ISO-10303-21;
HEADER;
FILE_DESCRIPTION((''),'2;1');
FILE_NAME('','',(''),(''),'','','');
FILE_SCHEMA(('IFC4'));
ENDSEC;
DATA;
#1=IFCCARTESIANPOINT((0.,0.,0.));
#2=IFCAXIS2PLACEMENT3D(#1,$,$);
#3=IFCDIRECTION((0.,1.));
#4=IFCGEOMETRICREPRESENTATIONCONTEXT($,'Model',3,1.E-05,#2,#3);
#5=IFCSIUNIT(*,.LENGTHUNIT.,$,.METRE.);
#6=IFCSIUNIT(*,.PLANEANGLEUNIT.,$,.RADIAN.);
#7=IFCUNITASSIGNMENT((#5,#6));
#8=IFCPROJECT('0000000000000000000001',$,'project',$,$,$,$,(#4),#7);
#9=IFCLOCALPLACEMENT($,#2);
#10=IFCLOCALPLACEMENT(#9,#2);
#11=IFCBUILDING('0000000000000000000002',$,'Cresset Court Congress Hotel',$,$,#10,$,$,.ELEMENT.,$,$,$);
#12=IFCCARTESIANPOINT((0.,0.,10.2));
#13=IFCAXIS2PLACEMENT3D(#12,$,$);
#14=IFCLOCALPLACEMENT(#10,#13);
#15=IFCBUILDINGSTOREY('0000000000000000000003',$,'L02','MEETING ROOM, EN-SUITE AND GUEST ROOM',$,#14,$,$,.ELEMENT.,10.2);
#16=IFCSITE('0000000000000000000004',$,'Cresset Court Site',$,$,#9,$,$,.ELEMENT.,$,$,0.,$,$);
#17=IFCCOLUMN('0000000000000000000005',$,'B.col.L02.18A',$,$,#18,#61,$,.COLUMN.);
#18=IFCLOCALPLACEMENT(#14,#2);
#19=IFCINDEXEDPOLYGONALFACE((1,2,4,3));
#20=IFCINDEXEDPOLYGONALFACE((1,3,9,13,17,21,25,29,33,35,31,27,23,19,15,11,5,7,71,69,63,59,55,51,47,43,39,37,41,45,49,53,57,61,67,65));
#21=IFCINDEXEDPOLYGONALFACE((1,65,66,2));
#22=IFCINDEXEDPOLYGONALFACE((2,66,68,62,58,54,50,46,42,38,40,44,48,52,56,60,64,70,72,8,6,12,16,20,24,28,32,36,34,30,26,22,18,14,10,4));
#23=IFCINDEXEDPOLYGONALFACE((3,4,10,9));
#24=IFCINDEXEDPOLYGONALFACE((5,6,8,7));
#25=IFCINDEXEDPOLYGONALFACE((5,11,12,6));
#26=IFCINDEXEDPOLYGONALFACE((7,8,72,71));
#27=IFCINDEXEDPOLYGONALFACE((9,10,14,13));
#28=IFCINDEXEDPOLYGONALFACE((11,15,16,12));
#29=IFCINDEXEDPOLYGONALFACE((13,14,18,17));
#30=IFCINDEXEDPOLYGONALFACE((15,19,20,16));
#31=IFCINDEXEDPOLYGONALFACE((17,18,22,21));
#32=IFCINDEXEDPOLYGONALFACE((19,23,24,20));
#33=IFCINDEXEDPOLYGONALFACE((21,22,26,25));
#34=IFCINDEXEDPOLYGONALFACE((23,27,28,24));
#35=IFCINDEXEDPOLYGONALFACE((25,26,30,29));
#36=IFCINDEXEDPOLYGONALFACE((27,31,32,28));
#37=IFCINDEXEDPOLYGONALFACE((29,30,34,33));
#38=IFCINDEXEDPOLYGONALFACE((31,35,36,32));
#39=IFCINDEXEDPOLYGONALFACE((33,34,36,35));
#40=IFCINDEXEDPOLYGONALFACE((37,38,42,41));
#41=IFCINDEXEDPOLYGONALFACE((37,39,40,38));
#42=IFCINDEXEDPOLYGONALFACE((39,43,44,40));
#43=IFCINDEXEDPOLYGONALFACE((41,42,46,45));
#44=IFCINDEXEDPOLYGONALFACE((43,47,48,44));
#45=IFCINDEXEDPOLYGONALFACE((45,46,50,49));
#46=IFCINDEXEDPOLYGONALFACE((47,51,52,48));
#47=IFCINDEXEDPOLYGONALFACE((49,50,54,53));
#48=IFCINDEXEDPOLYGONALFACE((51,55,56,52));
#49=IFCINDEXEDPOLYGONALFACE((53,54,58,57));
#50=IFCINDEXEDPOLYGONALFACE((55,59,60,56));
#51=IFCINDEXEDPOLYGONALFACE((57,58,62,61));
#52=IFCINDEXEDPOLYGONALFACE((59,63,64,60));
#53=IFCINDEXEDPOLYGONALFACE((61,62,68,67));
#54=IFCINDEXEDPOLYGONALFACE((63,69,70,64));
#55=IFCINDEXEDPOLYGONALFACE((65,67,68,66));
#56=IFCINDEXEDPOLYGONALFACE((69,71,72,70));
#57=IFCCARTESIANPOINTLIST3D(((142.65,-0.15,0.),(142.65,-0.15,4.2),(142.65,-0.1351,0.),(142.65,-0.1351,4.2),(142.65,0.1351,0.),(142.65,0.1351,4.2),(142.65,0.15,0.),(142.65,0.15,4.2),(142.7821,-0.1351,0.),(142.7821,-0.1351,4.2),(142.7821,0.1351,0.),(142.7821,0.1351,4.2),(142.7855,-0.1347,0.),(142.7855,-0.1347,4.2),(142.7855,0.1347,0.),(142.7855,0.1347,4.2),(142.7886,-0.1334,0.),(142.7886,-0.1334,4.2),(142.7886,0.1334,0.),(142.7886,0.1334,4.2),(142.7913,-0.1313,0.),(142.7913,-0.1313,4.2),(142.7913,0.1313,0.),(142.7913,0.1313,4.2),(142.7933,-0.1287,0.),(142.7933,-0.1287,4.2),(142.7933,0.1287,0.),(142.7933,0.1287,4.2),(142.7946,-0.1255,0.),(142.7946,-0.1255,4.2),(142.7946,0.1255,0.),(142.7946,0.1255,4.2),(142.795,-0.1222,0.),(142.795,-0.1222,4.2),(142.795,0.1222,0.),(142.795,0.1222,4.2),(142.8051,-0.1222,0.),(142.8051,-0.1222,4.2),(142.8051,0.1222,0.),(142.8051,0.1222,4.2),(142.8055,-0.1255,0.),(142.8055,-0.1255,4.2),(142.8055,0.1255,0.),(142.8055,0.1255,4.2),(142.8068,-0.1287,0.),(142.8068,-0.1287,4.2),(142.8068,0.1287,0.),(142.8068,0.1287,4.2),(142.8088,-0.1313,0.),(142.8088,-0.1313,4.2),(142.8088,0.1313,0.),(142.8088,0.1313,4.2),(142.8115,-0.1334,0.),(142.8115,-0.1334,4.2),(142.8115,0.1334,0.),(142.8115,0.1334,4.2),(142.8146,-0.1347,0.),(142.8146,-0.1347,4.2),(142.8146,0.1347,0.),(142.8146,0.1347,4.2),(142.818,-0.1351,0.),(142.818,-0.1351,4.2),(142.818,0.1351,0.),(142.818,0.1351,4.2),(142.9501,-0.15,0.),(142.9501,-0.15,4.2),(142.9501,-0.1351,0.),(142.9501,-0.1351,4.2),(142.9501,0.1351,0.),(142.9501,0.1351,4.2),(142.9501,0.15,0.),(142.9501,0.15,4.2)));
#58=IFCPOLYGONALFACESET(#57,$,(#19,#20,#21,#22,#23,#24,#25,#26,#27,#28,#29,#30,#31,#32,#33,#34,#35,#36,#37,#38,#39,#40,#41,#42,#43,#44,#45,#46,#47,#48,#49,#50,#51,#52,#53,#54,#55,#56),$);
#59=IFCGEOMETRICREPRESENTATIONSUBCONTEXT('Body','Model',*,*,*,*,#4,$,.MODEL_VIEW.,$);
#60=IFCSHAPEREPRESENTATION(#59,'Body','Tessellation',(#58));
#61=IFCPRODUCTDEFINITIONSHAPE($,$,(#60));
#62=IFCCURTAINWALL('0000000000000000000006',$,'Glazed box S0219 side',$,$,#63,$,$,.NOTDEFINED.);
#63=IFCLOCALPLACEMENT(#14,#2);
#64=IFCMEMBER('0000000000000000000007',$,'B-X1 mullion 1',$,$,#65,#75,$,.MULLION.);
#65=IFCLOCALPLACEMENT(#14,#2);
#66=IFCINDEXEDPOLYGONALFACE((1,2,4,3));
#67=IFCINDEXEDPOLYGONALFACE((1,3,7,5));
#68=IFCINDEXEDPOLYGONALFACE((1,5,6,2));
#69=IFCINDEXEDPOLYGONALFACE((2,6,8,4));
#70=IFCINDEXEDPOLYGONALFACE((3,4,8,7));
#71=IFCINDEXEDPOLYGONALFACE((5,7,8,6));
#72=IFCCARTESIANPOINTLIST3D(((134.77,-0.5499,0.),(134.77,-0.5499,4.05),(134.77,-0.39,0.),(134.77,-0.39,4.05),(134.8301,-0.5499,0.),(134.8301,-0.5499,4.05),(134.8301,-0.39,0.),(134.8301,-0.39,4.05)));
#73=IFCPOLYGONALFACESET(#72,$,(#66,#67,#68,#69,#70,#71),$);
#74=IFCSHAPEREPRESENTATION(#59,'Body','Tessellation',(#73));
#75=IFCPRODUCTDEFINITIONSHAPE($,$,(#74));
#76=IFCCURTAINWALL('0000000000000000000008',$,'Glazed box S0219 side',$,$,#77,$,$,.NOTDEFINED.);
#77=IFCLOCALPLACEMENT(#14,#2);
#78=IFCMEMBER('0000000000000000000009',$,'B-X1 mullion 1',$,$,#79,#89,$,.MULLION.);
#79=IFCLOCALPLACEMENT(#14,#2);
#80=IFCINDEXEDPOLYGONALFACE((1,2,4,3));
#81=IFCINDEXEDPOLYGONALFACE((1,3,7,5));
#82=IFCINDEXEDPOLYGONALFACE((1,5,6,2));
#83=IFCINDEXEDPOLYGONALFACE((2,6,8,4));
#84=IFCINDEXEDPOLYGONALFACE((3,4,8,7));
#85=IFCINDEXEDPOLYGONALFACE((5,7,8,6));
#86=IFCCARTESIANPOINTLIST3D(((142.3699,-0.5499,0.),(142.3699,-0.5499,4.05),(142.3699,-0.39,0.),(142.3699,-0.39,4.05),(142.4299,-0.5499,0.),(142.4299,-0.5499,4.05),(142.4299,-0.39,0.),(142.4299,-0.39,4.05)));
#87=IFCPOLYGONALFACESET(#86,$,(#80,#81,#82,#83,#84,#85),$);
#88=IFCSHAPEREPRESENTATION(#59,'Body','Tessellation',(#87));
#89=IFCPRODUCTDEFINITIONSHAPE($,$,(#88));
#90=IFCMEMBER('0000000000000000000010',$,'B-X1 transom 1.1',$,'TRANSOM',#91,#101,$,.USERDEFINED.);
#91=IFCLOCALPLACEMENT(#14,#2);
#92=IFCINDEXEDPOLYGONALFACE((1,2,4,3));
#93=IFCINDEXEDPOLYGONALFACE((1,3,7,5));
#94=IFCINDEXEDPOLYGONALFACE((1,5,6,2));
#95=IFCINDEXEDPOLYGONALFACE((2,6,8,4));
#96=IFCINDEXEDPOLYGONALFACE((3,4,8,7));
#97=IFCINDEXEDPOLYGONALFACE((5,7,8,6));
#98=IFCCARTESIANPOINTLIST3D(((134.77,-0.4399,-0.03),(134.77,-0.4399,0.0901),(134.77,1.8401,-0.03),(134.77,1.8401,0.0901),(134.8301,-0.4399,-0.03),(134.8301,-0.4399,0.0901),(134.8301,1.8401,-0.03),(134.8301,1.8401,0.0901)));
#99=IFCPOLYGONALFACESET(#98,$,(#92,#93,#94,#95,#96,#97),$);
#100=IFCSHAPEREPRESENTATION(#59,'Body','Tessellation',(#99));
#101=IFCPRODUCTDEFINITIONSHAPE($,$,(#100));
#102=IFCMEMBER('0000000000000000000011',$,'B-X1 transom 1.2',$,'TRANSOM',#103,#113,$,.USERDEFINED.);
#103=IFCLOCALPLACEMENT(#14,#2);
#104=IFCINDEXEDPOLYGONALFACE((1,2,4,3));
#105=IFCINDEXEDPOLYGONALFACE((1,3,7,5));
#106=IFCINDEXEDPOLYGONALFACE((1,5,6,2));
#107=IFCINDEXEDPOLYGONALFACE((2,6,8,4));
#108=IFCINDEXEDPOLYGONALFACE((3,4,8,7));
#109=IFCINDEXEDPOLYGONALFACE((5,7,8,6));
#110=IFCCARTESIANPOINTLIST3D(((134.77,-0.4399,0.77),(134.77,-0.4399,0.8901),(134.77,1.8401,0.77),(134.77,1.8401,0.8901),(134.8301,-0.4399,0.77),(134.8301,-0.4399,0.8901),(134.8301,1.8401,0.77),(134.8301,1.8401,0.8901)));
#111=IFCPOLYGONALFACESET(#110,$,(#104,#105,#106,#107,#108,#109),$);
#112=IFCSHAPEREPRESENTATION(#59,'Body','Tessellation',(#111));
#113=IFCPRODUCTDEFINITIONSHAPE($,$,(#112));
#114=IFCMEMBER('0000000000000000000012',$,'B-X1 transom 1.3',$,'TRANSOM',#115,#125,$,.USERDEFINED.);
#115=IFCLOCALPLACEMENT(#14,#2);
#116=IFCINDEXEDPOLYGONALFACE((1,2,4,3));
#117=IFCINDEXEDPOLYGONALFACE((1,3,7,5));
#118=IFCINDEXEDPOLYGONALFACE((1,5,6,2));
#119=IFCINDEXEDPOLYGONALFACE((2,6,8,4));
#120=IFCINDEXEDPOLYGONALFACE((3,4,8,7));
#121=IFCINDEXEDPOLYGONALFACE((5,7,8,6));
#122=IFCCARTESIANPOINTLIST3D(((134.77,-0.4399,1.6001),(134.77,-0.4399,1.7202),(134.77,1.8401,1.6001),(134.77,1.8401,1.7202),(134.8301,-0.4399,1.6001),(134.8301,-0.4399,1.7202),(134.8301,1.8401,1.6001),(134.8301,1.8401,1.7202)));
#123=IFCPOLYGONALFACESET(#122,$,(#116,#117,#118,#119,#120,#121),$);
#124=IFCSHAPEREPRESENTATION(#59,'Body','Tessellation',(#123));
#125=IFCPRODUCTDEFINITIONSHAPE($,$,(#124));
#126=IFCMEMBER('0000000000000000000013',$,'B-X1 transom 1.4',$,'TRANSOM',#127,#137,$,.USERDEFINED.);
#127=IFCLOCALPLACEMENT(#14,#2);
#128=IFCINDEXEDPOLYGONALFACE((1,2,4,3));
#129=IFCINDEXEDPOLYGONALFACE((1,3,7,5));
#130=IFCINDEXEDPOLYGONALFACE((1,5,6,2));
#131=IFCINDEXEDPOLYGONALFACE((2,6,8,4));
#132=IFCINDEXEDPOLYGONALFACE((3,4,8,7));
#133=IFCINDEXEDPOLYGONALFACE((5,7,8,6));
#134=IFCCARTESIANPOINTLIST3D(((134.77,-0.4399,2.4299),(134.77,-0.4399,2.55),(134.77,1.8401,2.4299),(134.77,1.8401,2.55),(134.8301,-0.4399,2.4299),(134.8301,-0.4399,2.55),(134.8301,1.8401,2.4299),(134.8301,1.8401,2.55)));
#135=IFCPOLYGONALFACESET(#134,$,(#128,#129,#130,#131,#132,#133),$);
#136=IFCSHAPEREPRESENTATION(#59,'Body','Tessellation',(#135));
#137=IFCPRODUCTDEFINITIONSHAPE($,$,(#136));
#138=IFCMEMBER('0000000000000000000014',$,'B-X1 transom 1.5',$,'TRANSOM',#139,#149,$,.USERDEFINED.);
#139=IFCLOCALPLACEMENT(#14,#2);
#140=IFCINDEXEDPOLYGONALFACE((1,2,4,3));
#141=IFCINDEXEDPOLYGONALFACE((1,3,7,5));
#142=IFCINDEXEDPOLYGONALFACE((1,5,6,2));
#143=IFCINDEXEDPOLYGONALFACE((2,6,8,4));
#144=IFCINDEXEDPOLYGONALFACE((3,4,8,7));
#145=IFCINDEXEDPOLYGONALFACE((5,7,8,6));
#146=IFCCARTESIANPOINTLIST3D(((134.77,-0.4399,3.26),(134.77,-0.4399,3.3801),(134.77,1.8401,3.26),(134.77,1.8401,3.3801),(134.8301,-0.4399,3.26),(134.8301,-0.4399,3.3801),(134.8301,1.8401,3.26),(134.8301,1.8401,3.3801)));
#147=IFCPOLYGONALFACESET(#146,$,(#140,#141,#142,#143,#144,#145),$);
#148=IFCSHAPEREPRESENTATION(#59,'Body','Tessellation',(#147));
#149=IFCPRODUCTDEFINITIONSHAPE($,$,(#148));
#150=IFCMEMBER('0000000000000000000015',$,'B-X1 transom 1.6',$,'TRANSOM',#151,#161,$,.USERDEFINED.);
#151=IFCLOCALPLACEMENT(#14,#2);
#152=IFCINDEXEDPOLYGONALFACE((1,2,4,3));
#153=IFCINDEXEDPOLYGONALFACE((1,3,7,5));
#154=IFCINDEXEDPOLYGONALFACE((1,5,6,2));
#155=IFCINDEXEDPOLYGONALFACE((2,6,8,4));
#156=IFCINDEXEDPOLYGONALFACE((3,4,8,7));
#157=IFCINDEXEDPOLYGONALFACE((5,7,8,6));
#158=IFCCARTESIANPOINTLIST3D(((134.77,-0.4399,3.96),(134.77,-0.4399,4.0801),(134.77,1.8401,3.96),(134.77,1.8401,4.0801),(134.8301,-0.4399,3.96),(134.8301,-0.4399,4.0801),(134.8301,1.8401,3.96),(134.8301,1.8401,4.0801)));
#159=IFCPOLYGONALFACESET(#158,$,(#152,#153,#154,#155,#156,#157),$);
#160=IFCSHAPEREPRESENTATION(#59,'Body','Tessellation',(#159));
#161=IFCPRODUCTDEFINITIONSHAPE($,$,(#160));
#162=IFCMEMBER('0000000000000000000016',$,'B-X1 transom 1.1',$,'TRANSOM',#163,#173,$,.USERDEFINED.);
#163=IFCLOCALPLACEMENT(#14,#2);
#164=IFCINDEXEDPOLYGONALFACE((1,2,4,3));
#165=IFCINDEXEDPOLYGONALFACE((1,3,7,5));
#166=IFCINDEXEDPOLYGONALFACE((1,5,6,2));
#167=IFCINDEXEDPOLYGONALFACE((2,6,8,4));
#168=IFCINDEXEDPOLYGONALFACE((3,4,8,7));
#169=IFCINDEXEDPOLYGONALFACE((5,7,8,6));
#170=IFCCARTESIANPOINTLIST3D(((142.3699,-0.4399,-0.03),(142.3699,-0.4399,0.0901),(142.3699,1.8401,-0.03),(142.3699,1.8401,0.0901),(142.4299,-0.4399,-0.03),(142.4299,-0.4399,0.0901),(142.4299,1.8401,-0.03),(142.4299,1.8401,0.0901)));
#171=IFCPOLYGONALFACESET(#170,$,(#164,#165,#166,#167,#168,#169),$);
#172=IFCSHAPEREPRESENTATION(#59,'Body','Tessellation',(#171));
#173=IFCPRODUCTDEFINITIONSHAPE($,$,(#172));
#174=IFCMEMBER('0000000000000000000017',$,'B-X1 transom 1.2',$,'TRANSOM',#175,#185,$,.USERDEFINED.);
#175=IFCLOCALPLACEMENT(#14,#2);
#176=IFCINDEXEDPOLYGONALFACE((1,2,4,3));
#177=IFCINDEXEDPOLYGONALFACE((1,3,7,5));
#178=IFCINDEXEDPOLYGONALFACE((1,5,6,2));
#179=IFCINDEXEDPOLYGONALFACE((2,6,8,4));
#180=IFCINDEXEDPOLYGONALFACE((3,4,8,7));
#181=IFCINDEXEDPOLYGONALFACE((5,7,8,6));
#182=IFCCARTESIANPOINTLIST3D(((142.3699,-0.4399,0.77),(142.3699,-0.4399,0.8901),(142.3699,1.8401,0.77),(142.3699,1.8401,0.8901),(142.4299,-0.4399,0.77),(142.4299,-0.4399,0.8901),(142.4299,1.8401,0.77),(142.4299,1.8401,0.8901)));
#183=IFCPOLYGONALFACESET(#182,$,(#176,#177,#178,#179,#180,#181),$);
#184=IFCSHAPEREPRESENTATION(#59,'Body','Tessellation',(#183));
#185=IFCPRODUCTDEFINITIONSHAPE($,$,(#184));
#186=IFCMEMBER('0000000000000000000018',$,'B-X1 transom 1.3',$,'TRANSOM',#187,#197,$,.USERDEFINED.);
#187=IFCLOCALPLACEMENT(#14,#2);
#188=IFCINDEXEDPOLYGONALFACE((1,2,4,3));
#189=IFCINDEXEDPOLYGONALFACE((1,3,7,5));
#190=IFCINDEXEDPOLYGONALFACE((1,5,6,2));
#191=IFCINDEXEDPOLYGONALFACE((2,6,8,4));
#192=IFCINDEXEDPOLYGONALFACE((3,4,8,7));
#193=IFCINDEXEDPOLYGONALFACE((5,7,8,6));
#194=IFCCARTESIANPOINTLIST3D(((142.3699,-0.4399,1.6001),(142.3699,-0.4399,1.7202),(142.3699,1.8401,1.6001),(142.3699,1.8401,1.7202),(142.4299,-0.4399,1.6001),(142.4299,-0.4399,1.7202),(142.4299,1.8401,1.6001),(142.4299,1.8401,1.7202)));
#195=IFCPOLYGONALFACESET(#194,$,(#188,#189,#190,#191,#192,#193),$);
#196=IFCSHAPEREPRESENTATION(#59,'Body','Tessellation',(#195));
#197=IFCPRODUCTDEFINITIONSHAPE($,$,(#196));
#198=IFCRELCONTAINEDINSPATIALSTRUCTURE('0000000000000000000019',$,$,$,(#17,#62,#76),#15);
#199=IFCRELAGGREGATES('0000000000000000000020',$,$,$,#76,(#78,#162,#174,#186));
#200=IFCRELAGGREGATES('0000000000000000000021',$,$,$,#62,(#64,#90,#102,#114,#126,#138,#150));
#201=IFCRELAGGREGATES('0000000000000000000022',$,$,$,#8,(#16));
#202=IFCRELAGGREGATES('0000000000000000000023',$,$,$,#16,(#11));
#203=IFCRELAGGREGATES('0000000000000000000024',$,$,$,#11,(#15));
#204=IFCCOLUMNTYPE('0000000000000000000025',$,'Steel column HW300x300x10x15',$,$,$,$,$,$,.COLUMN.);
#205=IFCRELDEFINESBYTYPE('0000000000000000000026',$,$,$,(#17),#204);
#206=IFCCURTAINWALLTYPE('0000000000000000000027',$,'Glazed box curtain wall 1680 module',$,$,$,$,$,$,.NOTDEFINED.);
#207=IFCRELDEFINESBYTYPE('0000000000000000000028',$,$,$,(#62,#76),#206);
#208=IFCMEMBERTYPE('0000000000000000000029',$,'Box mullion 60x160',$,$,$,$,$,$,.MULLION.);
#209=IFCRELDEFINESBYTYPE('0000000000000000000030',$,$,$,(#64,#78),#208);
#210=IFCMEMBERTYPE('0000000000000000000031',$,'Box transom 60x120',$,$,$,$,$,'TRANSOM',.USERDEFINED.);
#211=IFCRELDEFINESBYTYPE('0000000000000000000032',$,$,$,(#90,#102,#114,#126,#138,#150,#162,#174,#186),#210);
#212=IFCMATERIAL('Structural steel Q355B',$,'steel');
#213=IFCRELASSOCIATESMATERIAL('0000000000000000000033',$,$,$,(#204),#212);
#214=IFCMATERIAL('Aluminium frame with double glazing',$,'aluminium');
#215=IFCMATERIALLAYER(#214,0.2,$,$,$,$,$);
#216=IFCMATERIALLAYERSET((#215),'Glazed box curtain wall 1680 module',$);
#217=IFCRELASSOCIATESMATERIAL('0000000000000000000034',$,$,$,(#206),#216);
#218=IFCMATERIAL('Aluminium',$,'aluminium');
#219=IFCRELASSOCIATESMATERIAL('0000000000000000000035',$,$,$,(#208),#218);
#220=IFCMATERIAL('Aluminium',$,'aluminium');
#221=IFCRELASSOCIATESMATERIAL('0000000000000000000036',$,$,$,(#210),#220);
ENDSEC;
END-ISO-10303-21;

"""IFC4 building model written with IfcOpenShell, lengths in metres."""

from ifc_helpers import new_model, si_unit, direction, frame, origin, origin_2d, place, context, subcontext, project, spatial, rectangle, i_section, extrude, material, layer, layer_set, material_profile, profile_set, type_object, element, aggregate, save


model = new_model("IFC4")

# Units and contexts
model_context = context("Model", 3, precision=1e-05, world=origin(), true_north=direction((0.0, 1.0)))
body_context = subcontext(model_context, "Body", "Model", "MODEL_VIEW")
ifc_project = project(units=[si_unit("LENGTHUNIT", "METRE"), si_unit("PLANEANGLEUNIT", "RADIAN")], contexts=[model_context])

# Site, building, storey
site_placement = place(None, origin())
site = spatial("IfcSite", under=ifc_project, at=site_placement, Name="Cresset Court Site", CompositionType="ELEMENT", RefElevation=0.0)
building_placement = place(site_placement, origin())
building = spatial("IfcBuilding", under=site, at=building_placement, Name="Cresset Court Congress Hotel", CompositionType="ELEMENT")
storey_placement = place(building_placement, frame((0.0, 0.0, 10.2)))
storey = spatial("IfcBuildingStorey", under=building, at=storey_placement, Name="L02", Description="MEETING ROOM, EN-SUITE AND GUEST ROOM", CompositionType="ELEMENT", Elevation=10.2)

# Column
ifc_material_1 = material(Name="Structural steel Q355B", Category="steel")
ifc_material_profile_1 = material_profile(ifc_material_1, i_section(OverallWidth=0.3, OverallDepth=0.3, WebThickness=0.01, FlangeThickness=0.0149, FilletRadius=0.0129, at=origin_2d()), Name="HW300x300x10x15")
ifc_profile_set_1 = profile_set([ifc_material_profile_1], Name="Structural steel Q355B")
column_type = type_object("IfcColumnType", Name="Steel column HW300x300x10x15", PredefinedType="COLUMN", material=ifc_profile_set_1)
column_placement = place(storey_placement, frame((142.8, 0.0, 0.0), z_axis=(0.0, 0.0, 1.0), x_axis=(1.0, 0.0, 0.0)))
element("IfcColumn", 1, at=column_placement, inside=storey, type_object=column_type, Name="B.col.L02.18A", PredefinedType="COLUMN", context=body_context, shape_type="SweptSolid", body=[
    extrude(i_section(OverallWidth=0.3, OverallDepth=0.3, WebThickness=0.01, FlangeThickness=0.0149, FilletRadius=0.0129, at=origin_2d()), origin(), (0.0, 0.0, 1.0), 4.2),
])

# Curtain walls, members
ifc_material_2 = material(Name="Aluminium frame with double glazing", Category="aluminium")
ifc_layer_1 = layer(ifc_material_2, 0.2)
ifc_layer_set_1 = layer_set([ifc_layer_1], Name="Glazed box curtain wall 1680 module")
curtain_wall_type = type_object("IfcCurtainWallType", Name="Glazed box curtain wall 1680 module", PredefinedType="NOTDEFINED", material=ifc_layer_set_1)
curtain_wall_1_placement = place(storey_placement, origin())
curtain_wall_1 = element("IfcCurtainWall", 2, at=curtain_wall_1_placement, inside=storey, type_object=curtain_wall_type, Name="Glazed box S0219 side", PredefinedType="NOTDEFINED")
ifc_material_3 = material(Name="Aluminium", Category="aluminium")
ifc_material_profile_2 = material_profile(ifc_material_3, rectangle(XDim=0.0601, YDim=0.1599, at=origin_2d()), Name="Box mullion 60x160")
ifc_profile_set_2 = profile_set([ifc_material_profile_2], Name="Aluminium")
member_type_1 = type_object("IfcMemberType", Name="Box mullion 60x160", PredefinedType="MULLION", material=ifc_profile_set_2)
member_1_placement = place(storey_placement, frame((134.8, -0.47, 0.0), z_axis=(0.0, 0.0, 1.0), x_axis=(-1.0, 0.0, 0.0)))
member_1 = element("IfcMember", 3, at=member_1_placement, type_object=member_type_1, Name="B-X1 mullion 1", PredefinedType="MULLION", context=body_context, shape_type="SweptSolid", body=[
    extrude(rectangle(XDim=0.0601, YDim=0.1599, at=origin_2d()), origin(), (0.0, 0.0, 1.0), 4.05),
])
curtain_wall_2_placement = place(storey_placement, origin())
curtain_wall_2 = element("IfcCurtainWall", 4, at=curtain_wall_2_placement, inside=storey, type_object=curtain_wall_type, Name="Glazed box S0219 side", PredefinedType="NOTDEFINED")
member_2_placement = place(storey_placement, frame((142.3999, -0.47, 0.0), z_axis=(0.0, 0.0, 1.0), x_axis=(-1.0, 0.0, 0.0)))
member_2 = element("IfcMember", 5, at=member_2_placement, type_object=member_type_1, Name="B-X1 mullion 1", PredefinedType="MULLION", context=body_context, shape_type="SweptSolid", body=[
    extrude(rectangle(XDim=0.0601, YDim=0.1599, at=origin_2d()), origin(), (0.0, 0.0, 1.0), 4.05),
])

# Members
ifc_material_4 = material(Name="Aluminium", Category="aluminium")
ifc_material_profile_3 = material_profile(ifc_material_4, rectangle(XDim=0.0601, YDim=0.1201, at=origin_2d()), Name="Box transom 60x120")
ifc_profile_set_3 = profile_set([ifc_material_profile_3], Name="Aluminium")
member_type_2 = type_object("IfcMemberType", Name="Box transom 60x120", ElementType="TRANSOM", PredefinedType="USERDEFINED", material=ifc_profile_set_3)
member_3_placement = place(storey_placement, frame((134.8, -0.4399, 0.03), z_axis=(0.0, 1.0, 0.0), x_axis=(-1.0, 0.0, 0.0)))
member_3 = element("IfcMember", 6, at=member_3_placement, type_object=member_type_2, Name="B-X1 transom 1.1", ObjectType="TRANSOM", PredefinedType="USERDEFINED", context=body_context, shape_type="SweptSolid", body=[
    extrude(rectangle(XDim=0.0601, YDim=0.1201, at=origin_2d()), origin(), (0.0, 0.0, 1.0), 2.28),
])
member_4_placement = place(storey_placement, frame((134.8, -0.4399, 0.8301), z_axis=(0.0, 1.0, 0.0), x_axis=(-1.0, 0.0, 0.0)))
member_4 = element("IfcMember", 7, at=member_4_placement, type_object=member_type_2, Name="B-X1 transom 1.2", ObjectType="TRANSOM", PredefinedType="USERDEFINED", context=body_context, shape_type="SweptSolid", body=[
    extrude(rectangle(XDim=0.0601, YDim=0.1201, at=origin_2d()), origin(), (0.0, 0.0, 1.0), 2.28),
])
member_5_placement = place(storey_placement, frame((134.8, -0.4399, 1.6602), z_axis=(0.0, 1.0, 0.0), x_axis=(-1.0, 0.0, 0.0)))
member_5 = element("IfcMember", 8, at=member_5_placement, type_object=member_type_2, Name="B-X1 transom 1.3", ObjectType="TRANSOM", PredefinedType="USERDEFINED", context=body_context, shape_type="SweptSolid", body=[
    extrude(rectangle(XDim=0.0601, YDim=0.1201, at=origin_2d()), origin(), (0.0, 0.0, 1.0), 2.28),
])
member_6_placement = place(storey_placement, frame((134.8, -0.4399, 2.49), z_axis=(0.0, 1.0, 0.0), x_axis=(-1.0, 0.0, 0.0)))
member_6 = element("IfcMember", 9, at=member_6_placement, type_object=member_type_2, Name="B-X1 transom 1.4", ObjectType="TRANSOM", PredefinedType="USERDEFINED", context=body_context, shape_type="SweptSolid", body=[
    extrude(rectangle(XDim=0.0601, YDim=0.1201, at=origin_2d()), origin(), (0.0, 0.0, 1.0), 2.28),
])
member_7_placement = place(storey_placement, frame((134.8, -0.4399, 3.3201), z_axis=(0.0, 1.0, 0.0), x_axis=(-1.0, 0.0, 0.0)))
member_7 = element("IfcMember", 10, at=member_7_placement, type_object=member_type_2, Name="B-X1 transom 1.5", ObjectType="TRANSOM", PredefinedType="USERDEFINED", context=body_context, shape_type="SweptSolid", body=[
    extrude(rectangle(XDim=0.0601, YDim=0.1201, at=origin_2d()), origin(), (0.0, 0.0, 1.0), 2.28),
])
member_8_placement = place(storey_placement, frame((134.8, -0.4399, 4.02), z_axis=(0.0, 1.0, 0.0), x_axis=(-1.0, 0.0, 0.0)))
member_8 = element("IfcMember", 11, at=member_8_placement, type_object=member_type_2, Name="B-X1 transom 1.6", ObjectType="TRANSOM", PredefinedType="USERDEFINED", context=body_context, shape_type="SweptSolid", body=[
    extrude(rectangle(XDim=0.0601, YDim=0.1201, at=origin_2d()), origin(), (0.0, 0.0, 1.0), 2.28),
])
member_9_placement = place(storey_placement, frame((142.3999, -0.4399, 0.03), z_axis=(0.0, 1.0, 0.0), x_axis=(-1.0, 0.0, 0.0)))
member_9 = element("IfcMember", 12, at=member_9_placement, type_object=member_type_2, Name="B-X1 transom 1.1", ObjectType="TRANSOM", PredefinedType="USERDEFINED", context=body_context, shape_type="SweptSolid", body=[
    extrude(rectangle(XDim=0.0601, YDim=0.1201, at=origin_2d()), origin(), (0.0, 0.0, 1.0), 2.28),
])
member_10_placement = place(storey_placement, frame((142.3999, -0.4399, 0.8301), z_axis=(0.0, 1.0, 0.0), x_axis=(-1.0, 0.0, 0.0)))
member_10 = element("IfcMember", 13, at=member_10_placement, type_object=member_type_2, Name="B-X1 transom 1.2", ObjectType="TRANSOM", PredefinedType="USERDEFINED", context=body_context, shape_type="SweptSolid", body=[
    extrude(rectangle(XDim=0.0601, YDim=0.1201, at=origin_2d()), origin(), (0.0, 0.0, 1.0), 2.28),
])
member_11_placement = place(storey_placement, frame((142.3999, -0.4399, 1.6602), z_axis=(0.0, 1.0, 0.0), x_axis=(-1.0, 0.0, 0.0)))
member_11 = element("IfcMember", 14, at=member_11_placement, type_object=member_type_2, Name="B-X1 transom 1.3", ObjectType="TRANSOM", PredefinedType="USERDEFINED", context=body_context, shape_type="SweptSolid", body=[
    extrude(rectangle(XDim=0.0601, YDim=0.1201, at=origin_2d()), origin(), (0.0, 0.0, 1.0), 2.28),
])
aggregate(curtain_wall_2, [member_2, member_9, member_10, member_11])

aggregate(curtain_wall_1, [member_1, member_3, member_4, member_5, member_6, member_7, member_8])

save(model, "model.ifc")
